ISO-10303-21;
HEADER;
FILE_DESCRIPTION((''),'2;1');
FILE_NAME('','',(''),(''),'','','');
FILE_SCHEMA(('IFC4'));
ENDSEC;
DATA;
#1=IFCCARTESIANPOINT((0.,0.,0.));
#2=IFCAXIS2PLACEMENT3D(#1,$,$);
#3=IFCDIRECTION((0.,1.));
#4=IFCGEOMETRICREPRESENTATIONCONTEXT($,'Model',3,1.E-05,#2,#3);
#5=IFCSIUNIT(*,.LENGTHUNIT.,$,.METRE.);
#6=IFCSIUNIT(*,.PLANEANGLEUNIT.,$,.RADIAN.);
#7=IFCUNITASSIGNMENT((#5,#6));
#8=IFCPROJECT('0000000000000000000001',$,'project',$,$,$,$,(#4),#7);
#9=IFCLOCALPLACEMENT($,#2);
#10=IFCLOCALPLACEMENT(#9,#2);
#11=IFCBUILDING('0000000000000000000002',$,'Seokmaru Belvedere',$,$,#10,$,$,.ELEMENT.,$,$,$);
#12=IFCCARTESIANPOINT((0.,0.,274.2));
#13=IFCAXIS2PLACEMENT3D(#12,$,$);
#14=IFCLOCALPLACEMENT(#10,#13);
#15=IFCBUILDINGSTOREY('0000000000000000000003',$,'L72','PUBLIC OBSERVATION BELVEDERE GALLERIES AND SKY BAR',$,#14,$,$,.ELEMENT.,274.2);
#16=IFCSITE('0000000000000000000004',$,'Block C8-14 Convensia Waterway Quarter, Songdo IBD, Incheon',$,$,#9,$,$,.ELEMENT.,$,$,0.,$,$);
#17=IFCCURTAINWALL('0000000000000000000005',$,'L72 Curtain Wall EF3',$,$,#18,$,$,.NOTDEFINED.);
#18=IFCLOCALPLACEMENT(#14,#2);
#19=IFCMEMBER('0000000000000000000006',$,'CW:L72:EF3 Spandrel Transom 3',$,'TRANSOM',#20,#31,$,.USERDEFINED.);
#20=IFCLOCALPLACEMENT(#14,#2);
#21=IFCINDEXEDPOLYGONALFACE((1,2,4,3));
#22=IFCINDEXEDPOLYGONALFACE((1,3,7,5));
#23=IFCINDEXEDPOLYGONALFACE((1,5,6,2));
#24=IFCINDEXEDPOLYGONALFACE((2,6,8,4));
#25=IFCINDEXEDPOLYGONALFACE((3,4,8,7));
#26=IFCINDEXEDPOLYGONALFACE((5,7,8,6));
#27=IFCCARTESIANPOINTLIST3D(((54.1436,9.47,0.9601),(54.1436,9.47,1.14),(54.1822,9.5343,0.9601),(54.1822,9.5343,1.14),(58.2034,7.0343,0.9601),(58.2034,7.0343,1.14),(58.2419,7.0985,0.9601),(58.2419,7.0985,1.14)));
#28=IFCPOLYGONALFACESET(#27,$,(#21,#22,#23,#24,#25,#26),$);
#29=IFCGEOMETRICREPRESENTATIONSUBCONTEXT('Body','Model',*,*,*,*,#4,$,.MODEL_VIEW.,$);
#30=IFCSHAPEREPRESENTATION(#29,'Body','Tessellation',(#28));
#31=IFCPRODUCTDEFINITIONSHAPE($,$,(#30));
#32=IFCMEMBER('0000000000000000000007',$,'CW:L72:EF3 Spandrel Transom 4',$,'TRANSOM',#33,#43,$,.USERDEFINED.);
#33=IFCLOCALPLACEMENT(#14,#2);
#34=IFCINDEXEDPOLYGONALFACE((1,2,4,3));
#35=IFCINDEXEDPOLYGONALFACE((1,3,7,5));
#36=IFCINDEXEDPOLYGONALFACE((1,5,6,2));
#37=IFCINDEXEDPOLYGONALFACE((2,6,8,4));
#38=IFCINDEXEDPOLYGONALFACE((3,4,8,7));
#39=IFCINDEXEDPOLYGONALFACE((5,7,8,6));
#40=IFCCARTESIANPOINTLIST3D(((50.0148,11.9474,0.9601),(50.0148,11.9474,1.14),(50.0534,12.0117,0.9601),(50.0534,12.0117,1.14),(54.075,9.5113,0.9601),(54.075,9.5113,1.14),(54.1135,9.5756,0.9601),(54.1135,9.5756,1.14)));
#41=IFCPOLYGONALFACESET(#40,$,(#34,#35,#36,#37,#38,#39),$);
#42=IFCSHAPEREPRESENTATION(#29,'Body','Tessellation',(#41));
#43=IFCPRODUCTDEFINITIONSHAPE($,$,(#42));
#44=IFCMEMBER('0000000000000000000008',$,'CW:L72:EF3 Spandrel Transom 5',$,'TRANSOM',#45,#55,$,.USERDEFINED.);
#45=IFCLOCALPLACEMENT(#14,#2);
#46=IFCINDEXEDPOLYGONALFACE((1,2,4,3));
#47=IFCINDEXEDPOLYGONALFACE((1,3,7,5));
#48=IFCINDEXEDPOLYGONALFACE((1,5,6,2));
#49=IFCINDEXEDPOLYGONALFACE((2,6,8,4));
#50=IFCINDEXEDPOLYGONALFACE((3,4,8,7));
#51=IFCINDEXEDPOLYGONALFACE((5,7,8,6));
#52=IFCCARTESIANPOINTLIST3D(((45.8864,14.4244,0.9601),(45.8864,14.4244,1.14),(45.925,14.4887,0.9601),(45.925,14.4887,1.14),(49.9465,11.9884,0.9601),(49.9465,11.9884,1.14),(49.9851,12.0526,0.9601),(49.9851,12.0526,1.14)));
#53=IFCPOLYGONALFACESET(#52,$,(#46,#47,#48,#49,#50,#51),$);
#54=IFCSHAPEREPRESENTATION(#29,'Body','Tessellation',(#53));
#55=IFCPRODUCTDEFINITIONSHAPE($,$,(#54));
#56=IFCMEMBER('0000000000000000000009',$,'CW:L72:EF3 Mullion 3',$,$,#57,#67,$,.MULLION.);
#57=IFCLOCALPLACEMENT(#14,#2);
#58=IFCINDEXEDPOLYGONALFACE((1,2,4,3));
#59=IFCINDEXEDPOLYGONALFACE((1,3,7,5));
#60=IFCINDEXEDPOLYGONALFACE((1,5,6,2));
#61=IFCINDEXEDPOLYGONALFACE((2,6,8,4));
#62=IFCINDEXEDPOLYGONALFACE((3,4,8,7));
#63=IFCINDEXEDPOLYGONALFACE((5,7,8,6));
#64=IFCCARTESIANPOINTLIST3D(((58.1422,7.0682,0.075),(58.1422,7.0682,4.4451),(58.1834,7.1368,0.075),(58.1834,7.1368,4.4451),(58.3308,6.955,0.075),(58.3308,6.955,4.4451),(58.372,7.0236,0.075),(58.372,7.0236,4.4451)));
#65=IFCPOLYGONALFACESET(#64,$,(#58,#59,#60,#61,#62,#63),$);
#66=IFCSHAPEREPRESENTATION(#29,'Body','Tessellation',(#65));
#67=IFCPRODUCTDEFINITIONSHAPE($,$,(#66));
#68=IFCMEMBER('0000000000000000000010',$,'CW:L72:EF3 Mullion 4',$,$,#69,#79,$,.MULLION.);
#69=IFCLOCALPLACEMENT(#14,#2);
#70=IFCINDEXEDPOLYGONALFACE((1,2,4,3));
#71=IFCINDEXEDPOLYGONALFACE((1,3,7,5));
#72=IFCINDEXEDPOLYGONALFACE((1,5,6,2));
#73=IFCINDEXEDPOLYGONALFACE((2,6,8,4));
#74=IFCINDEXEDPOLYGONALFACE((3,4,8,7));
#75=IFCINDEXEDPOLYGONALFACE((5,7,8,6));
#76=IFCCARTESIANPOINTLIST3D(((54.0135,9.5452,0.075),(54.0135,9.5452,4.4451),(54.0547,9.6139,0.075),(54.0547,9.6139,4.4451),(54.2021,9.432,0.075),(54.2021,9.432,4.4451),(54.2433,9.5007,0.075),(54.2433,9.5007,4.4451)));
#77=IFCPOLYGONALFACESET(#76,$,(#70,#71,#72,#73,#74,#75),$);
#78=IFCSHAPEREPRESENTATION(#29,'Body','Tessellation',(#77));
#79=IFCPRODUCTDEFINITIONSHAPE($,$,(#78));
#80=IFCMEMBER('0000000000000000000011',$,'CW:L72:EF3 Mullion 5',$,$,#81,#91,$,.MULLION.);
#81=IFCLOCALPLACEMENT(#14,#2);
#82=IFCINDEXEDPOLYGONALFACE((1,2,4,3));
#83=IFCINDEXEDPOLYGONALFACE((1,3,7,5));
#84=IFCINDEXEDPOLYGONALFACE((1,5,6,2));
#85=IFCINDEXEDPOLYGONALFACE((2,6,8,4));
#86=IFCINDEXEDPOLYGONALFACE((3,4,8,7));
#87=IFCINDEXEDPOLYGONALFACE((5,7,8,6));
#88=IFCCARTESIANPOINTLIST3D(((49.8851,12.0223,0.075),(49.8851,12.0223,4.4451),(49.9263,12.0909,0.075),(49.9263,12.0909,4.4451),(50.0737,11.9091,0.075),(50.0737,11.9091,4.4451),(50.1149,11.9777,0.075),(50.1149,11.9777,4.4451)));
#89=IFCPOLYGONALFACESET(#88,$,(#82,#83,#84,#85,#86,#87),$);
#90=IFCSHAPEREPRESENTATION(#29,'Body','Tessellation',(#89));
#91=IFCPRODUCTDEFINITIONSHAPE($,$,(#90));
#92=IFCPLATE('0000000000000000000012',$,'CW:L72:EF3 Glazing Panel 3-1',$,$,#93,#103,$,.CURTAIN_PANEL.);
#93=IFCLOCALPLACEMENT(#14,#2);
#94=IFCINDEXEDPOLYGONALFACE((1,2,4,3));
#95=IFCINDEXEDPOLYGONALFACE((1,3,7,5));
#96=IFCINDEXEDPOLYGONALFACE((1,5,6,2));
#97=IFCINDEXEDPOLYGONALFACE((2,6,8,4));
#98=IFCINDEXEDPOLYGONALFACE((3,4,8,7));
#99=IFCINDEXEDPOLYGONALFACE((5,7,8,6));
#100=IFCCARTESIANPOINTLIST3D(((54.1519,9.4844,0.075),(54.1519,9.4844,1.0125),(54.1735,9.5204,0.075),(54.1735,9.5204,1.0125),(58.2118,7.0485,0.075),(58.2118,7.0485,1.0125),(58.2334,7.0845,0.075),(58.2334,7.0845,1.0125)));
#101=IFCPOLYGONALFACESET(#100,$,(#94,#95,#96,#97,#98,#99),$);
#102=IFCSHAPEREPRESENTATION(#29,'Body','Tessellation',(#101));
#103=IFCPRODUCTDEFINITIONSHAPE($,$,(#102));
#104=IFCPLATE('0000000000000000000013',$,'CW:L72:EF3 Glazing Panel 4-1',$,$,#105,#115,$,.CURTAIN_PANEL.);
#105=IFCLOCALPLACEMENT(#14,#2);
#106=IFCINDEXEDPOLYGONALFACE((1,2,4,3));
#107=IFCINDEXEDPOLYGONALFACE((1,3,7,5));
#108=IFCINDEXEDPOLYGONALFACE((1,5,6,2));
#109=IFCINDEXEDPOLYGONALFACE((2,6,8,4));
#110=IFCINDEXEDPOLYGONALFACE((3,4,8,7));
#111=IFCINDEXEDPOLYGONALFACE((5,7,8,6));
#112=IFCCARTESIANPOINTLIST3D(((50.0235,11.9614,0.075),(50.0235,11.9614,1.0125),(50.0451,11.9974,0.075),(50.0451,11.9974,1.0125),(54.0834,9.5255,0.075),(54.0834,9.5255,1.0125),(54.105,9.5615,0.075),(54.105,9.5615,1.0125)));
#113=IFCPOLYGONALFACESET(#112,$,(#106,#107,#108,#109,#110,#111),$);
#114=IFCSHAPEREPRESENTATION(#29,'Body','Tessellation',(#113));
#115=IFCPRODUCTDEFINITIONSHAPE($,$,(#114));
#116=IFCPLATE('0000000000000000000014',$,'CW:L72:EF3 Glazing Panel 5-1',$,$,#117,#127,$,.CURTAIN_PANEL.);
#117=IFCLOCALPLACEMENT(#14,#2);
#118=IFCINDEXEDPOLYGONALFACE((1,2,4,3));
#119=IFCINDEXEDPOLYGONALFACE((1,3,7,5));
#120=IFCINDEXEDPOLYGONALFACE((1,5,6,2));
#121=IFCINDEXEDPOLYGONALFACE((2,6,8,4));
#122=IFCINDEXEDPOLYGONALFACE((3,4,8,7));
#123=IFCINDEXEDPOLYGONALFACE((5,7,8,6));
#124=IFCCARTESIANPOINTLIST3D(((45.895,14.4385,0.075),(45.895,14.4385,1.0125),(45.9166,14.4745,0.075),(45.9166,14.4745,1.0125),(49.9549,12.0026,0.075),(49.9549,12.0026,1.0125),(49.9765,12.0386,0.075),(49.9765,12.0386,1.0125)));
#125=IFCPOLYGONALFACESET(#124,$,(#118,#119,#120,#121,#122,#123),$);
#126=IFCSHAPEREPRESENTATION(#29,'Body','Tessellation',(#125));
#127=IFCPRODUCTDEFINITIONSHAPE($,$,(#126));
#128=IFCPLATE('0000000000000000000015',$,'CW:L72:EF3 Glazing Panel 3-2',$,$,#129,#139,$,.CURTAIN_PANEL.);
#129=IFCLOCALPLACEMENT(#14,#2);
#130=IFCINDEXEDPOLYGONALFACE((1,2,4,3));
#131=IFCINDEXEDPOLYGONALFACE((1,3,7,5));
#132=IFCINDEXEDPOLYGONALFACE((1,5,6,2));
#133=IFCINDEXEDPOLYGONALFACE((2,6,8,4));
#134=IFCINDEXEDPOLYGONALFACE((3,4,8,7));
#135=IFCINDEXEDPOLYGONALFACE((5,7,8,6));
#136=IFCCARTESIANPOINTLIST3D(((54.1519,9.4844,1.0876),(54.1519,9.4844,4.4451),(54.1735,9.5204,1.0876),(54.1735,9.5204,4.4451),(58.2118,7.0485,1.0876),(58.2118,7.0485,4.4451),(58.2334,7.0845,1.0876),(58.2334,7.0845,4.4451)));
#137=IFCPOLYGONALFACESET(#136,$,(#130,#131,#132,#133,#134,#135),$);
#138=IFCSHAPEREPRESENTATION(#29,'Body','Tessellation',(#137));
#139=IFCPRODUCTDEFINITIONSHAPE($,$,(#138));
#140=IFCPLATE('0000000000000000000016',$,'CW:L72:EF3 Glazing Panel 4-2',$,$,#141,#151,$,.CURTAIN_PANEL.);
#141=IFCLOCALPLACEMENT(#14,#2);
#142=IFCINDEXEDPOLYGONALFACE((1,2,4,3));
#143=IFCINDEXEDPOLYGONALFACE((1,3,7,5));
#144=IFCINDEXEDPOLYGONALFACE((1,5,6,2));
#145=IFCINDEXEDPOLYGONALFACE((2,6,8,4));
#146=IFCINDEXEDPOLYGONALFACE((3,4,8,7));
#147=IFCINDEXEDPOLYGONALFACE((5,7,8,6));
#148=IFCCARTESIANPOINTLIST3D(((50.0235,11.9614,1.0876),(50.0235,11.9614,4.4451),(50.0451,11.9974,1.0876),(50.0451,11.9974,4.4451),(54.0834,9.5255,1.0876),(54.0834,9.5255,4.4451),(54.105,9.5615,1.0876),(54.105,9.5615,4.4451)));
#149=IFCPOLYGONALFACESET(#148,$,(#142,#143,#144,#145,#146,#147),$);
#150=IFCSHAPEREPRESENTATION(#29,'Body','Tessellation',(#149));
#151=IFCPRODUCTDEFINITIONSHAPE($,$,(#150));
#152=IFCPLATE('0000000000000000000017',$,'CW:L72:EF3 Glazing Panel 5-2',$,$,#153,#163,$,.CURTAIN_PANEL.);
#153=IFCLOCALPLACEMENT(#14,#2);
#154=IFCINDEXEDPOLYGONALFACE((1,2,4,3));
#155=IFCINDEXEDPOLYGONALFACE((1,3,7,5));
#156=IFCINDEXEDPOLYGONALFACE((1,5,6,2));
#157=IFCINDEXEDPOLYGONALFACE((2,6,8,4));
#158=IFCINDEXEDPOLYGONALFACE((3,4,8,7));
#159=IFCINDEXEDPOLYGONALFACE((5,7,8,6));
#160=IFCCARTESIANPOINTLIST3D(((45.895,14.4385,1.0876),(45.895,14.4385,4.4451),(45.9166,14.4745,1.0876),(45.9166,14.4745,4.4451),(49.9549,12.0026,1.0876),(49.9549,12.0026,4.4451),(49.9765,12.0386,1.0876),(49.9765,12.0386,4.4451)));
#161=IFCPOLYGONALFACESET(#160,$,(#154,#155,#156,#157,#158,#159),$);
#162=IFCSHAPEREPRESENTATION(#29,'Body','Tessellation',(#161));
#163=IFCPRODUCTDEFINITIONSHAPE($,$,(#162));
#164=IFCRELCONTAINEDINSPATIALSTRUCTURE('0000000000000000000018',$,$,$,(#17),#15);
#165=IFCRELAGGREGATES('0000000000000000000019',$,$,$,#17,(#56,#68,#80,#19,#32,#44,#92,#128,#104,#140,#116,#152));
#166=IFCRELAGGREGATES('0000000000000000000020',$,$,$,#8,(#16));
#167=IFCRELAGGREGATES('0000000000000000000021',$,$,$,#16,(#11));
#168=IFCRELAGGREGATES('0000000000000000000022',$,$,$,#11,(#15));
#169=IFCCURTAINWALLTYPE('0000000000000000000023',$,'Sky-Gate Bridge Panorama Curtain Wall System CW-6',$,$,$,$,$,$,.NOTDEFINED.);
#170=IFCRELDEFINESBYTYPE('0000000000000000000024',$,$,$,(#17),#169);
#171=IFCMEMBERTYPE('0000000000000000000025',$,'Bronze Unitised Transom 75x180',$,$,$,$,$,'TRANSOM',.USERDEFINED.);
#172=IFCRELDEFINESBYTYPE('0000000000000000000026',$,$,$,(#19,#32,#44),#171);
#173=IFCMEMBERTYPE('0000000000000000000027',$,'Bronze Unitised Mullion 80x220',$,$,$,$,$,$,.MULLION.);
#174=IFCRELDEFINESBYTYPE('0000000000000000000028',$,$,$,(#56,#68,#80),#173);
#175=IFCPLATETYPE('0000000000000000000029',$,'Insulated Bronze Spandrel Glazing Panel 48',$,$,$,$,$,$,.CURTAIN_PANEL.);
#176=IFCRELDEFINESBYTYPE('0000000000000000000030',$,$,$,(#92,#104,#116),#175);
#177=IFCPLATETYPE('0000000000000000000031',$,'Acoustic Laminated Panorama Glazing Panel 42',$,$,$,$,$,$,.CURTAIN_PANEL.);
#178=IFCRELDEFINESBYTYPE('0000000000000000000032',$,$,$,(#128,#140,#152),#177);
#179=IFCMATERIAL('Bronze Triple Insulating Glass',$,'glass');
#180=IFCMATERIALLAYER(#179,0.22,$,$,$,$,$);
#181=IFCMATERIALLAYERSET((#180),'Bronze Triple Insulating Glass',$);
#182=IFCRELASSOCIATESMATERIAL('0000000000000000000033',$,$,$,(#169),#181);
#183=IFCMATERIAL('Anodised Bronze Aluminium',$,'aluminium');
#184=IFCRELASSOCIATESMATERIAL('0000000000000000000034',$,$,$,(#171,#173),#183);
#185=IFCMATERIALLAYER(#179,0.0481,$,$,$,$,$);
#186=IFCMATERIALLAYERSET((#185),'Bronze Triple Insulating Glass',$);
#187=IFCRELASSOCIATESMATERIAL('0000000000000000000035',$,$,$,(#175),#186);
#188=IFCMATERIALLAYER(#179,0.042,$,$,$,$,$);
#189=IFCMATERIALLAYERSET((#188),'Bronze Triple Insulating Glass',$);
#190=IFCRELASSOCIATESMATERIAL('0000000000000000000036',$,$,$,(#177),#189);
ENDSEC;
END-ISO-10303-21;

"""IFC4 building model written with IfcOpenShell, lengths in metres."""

from ifc_helpers import new_model, si_unit, direction, frame, origin, origin_2d, place, context, subcontext, project, spatial, rectangle, extrude, source, transform, mapped, material, layer, layer_set, material_profile, profile_set, type_object, type_shapes, element, aggregate, save


model = new_model("IFC4")

# Units and contexts
model_context = context("Model", 3, precision=1e-05, world=origin(), true_north=direction((0.0, 1.0)))
body_context = subcontext(model_context, "Body", "Model", "MODEL_VIEW")
ifc_project = project(units=[si_unit("LENGTHUNIT", "METRE"), si_unit("PLANEANGLEUNIT", "RADIAN")], contexts=[model_context])

# Site, building, storey
site_placement = place(None, origin())
site = spatial("IfcSite", under=ifc_project, at=site_placement, Name="Block C8-14 Convensia Waterway Quarter, Songdo IBD, Incheon", CompositionType="ELEMENT", RefElevation=0.0)
building_placement = place(site_placement, origin())
building = spatial("IfcBuilding", under=site, at=building_placement, Name="Seokmaru Belvedere", CompositionType="ELEMENT")
storey_placement = place(building_placement, frame((0.0, 0.0, 274.2)))
storey = spatial("IfcBuildingStorey", under=building, at=storey_placement, Name="L72", Description="PUBLIC OBSERVATION BELVEDERE GALLERIES AND SKY BAR", CompositionType="ELEMENT", Elevation=274.2)

# Curtain wall, members, plates
ifc_material_1 = material(Name="Bronze Triple Insulating Glass", Category="glass")
ifc_layer_1 = layer(ifc_material_1, 0.22)
ifc_layer_set_1 = layer_set([ifc_layer_1], Name="Bronze Triple Insulating Glass")
curtain_wall_type = type_object("IfcCurtainWallType", Name="Sky-Gate Bridge Panorama Curtain Wall System CW-6", PredefinedType="NOTDEFINED", material=ifc_layer_set_1)
curtain_wall_placement = place(storey_placement, origin())
curtain_wall = element("IfcCurtainWall", 1, at=curtain_wall_placement, inside=storey, type_object=curtain_wall_type, Name="L72 Curtain Wall EF3", PredefinedType="NOTDEFINED")
ifc_material_2 = material(Name="Anodised Bronze Aluminium", Category="aluminium")
ifc_material_profile_1 = material_profile(ifc_material_2, rectangle(XDim=0.075, YDim=0.1799, at=origin_2d()), Name="CW-T-75x180")
ifc_profile_set_1 = profile_set([ifc_material_profile_1], Name="Anodised Bronze Aluminium")
member_type_1 = type_object("IfcMemberType", Name="Bronze Unitised Transom 75x180", ElementType="TRANSOM", PredefinedType="USERDEFINED", material=ifc_profile_set_1)
shared_shape_1 = source(origin(), body_context, "Body", "SweptSolid", [
    extrude(rectangle(XDim=0.075, YDim=0.1799, at=origin_2d()), origin(), (0.0, 0.0, 1.0), 4.7344),
])
member_1_placement = place(storey_placement, frame((58.2227, 7.0664, 1.05), z_axis=(-0.857502, 0.514481, 0.0), x_axis=(-0.514481, -0.857502, 0.0)))
member_1 = element("IfcMember", 2, at=member_1_placement, type_object=member_type_1, Name="CW:L72:EF3 Spandrel Transom 3", ObjectType="TRANSOM", PredefinedType="USERDEFINED", context=body_context, shape_type="MappedRepresentation", body=[
    mapped(shared_shape_1, transform((0.0, 0.0, 0.0), scale=1.0)),
])
shared_shape_2 = source(origin(), body_context, "Body", "SweptSolid", [
    extrude(rectangle(XDim=0.075, YDim=0.1799, at=origin_2d()), origin(), (0.0, 0.0, 1.0), 4.7349),
])
type_shapes(member_type_1, [shared_shape_1, shared_shape_2])
member_2_placement = place(storey_placement, frame((54.0942, 9.5435, 1.05), z_axis=(-0.857493, 0.514496, 0.0), x_axis=(-0.514496, -0.857493, 0.0)))
member_2 = element("IfcMember", 3, at=member_2_placement, type_object=member_type_1, Name="CW:L72:EF3 Spandrel Transom 4", ObjectType="TRANSOM", PredefinedType="USERDEFINED", context=body_context, shape_type="MappedRepresentation", body=[
    mapped(shared_shape_2, transform((0.0, 0.0, 0.0), scale=1.0)),
])
member_3_placement = place(storey_placement, frame((49.9658, 12.0205, 1.05), z_axis=(-0.857493, 0.514496, 0.0), x_axis=(-0.514496, -0.857493, 0.0)))
member_3 = element("IfcMember", 4, at=member_3_placement, type_object=member_type_1, Name="CW:L72:EF3 Spandrel Transom 5", ObjectType="TRANSOM", PredefinedType="USERDEFINED", context=body_context, shape_type="MappedRepresentation", body=[
    mapped(shared_shape_2, transform((0.0, 0.0, 0.0), scale=1.0)),
])
ifc_material_profile_2 = material_profile(ifc_material_2, rectangle(XDim=0.0801, YDim=0.22, at=origin_2d()), Name="CW-M-80x220")
ifc_profile_set_2 = profile_set([ifc_material_profile_2], Name="Anodised Bronze Aluminium")
member_type_2 = type_object("IfcMemberType", Name="Bronze Unitised Mullion 80x220", PredefinedType="MULLION", material=ifc_profile_set_2)
shared_shape_3 = source(origin(), body_context, "Body", "SweptSolid", [
    extrude(rectangle(XDim=0.0801, YDim=0.22, at=origin_2d()), origin(), (0.0, 0.0, 1.0), 4.3701),
])
type_shapes(member_type_2, [shared_shape_3])
member_4_placement = place(storey_placement, frame((58.2571, 7.0459, 0.075), z_axis=(0.0, 0.0, 1.0), x_axis=(-0.514495, -0.857493, 0.0)))
member_4 = element("IfcMember", 5, at=member_4_placement, type_object=member_type_2, Name="CW:L72:EF3 Mullion 3", PredefinedType="MULLION", context=body_context, shape_type="MappedRepresentation", body=[
    mapped(shared_shape_3, transform((0.0, 0.0, 0.0), scale=1.0)),
])
member_5_placement = place(storey_placement, frame((54.1284, 9.5229, 0.075), z_axis=(0.0, 0.0, 1.0), x_axis=(-0.514495, -0.857493, 0.0)))
member_5 = element("IfcMember", 6, at=member_5_placement, type_object=member_type_2, Name="CW:L72:EF3 Mullion 4", PredefinedType="MULLION", context=body_context, shape_type="MappedRepresentation", body=[
    mapped(shared_shape_3, transform((0.0, 0.0, 0.0), scale=1.0)),
])
member_6_placement = place(storey_placement, frame((50.0, 12.0, 0.075), z_axis=(0.0, 0.0, 1.0), x_axis=(-0.514495, -0.857493, 0.0)))
member_6 = element("IfcMember", 7, at=member_6_placement, type_object=member_type_2, Name="CW:L72:EF3 Mullion 5", PredefinedType="MULLION", context=body_context, shape_type="MappedRepresentation", body=[
    mapped(shared_shape_3, transform((0.0, 0.0, 0.0), scale=1.0)),
])
ifc_layer_2 = layer(ifc_material_1, 0.0481)
ifc_layer_set_2 = layer_set([ifc_layer_2], Name="Bronze Triple Insulating Glass")
plate_type_1 = type_object("IfcPlateType", Name="Insulated Bronze Spandrel Glazing Panel 48", PredefinedType="CURTAIN_PANEL", material=ifc_layer_set_2)
shared_shape_4 = source(origin(), body_context, "Body", "SweptSolid", [
    extrude(rectangle(XDim=4.7346, YDim=0.042, at=origin_2d()), origin(), (0.0, 0.0, 1.0), 0.9375),
])
type_shapes(plate_type_1, [shared_shape_4])
plate_1_placement = place(storey_placement, frame((56.1926, 8.2844, 0.075), z_axis=(0.0, 0.0, 1.0), x_axis=(-0.857493, 0.514495, 0.0)))
plate_1 = element("IfcPlate", 8, at=plate_1_placement, type_object=plate_type_1, Name="CW:L72:EF3 Glazing Panel 3-1", PredefinedType="CURTAIN_PANEL", context=body_context, shape_type="MappedRepresentation", body=[
    mapped(shared_shape_4, transform((0.0, 0.0, 0.0), scale=1.0)),
])
plate_2_placement = place(storey_placement, frame((52.0642, 10.7615, 0.075), z_axis=(0.0, 0.0, 1.0), x_axis=(-0.857493, 0.514495, 0.0)))
plate_2 = element("IfcPlate", 9, at=plate_2_placement, type_object=plate_type_1, Name="CW:L72:EF3 Glazing Panel 4-1", PredefinedType="CURTAIN_PANEL", context=body_context, shape_type="MappedRepresentation", body=[
    mapped(shared_shape_4, transform((0.0, 0.0, 0.0), scale=1.0)),
])
plate_3_placement = place(storey_placement, frame((47.9358, 13.2385, 0.075), z_axis=(0.0, 0.0, 1.0), x_axis=(-0.857493, 0.514495, 0.0)))
plate_3 = element("IfcPlate", 10, at=plate_3_placement, type_object=plate_type_1, Name="CW:L72:EF3 Glazing Panel 5-1", PredefinedType="CURTAIN_PANEL", context=body_context, shape_type="MappedRepresentation", body=[
    mapped(shared_shape_4, transform((0.0, 0.0, 0.0), scale=1.0)),
])
ifc_layer_3 = layer(ifc_material_1, 0.042)
ifc_layer_set_3 = layer_set([ifc_layer_3], Name="Bronze Triple Insulating Glass")
plate_type_2 = type_object("IfcPlateType", Name="Acoustic Laminated Panorama Glazing Panel 42", PredefinedType="CURTAIN_PANEL", material=ifc_layer_set_3)
shared_shape_5 = source(origin(), body_context, "Body", "SweptSolid", [
    extrude(rectangle(XDim=4.7346, YDim=0.042, at=origin_2d()), origin(), (0.0, 0.0, 1.0), 3.3574),
])
type_shapes(plate_type_2, [shared_shape_5])
plate_4_placement = place(storey_placement, frame((56.1926, 8.2844, 1.0876), z_axis=(0.0, 0.0, 1.0), x_axis=(-0.857493, 0.514495, 0.0)))
plate_4 = element("IfcPlate", 11, at=plate_4_placement, type_object=plate_type_2, Name="CW:L72:EF3 Glazing Panel 3-2", PredefinedType="CURTAIN_PANEL", context=body_context, shape_type="MappedRepresentation", body=[
    mapped(shared_shape_5, transform((0.0, 0.0, 0.0), scale=1.0)),
])
plate_5_placement = place(storey_placement, frame((52.0642, 10.7615, 1.0876), z_axis=(0.0, 0.0, 1.0), x_axis=(-0.857493, 0.514495, 0.0)))
plate_5 = element("IfcPlate", 12, at=plate_5_placement, type_object=plate_type_2, Name="CW:L72:EF3 Glazing Panel 4-2", PredefinedType="CURTAIN_PANEL", context=body_context, shape_type="MappedRepresentation", body=[
    mapped(shared_shape_5, transform((0.0, 0.0, 0.0), scale=1.0)),
])
plate_6_placement = place(storey_placement, frame((47.9358, 13.2385, 1.0876), z_axis=(0.0, 0.0, 1.0), x_axis=(-0.857493, 0.514495, 0.0)))
plate_6 = element("IfcPlate", 13, at=plate_6_placement, type_object=plate_type_2, Name="CW:L72:EF3 Glazing Panel 5-2", PredefinedType="CURTAIN_PANEL", context=body_context, shape_type="MappedRepresentation", body=[
    mapped(shared_shape_5, transform((0.0, 0.0, 0.0), scale=1.0)),
])
aggregate(curtain_wall, [member_4, member_5, member_6, member_1, member_2, member_3, plate_1, plate_4, plate_2, plate_5, plate_3, plate_6])

save(model, "model.ifc")
